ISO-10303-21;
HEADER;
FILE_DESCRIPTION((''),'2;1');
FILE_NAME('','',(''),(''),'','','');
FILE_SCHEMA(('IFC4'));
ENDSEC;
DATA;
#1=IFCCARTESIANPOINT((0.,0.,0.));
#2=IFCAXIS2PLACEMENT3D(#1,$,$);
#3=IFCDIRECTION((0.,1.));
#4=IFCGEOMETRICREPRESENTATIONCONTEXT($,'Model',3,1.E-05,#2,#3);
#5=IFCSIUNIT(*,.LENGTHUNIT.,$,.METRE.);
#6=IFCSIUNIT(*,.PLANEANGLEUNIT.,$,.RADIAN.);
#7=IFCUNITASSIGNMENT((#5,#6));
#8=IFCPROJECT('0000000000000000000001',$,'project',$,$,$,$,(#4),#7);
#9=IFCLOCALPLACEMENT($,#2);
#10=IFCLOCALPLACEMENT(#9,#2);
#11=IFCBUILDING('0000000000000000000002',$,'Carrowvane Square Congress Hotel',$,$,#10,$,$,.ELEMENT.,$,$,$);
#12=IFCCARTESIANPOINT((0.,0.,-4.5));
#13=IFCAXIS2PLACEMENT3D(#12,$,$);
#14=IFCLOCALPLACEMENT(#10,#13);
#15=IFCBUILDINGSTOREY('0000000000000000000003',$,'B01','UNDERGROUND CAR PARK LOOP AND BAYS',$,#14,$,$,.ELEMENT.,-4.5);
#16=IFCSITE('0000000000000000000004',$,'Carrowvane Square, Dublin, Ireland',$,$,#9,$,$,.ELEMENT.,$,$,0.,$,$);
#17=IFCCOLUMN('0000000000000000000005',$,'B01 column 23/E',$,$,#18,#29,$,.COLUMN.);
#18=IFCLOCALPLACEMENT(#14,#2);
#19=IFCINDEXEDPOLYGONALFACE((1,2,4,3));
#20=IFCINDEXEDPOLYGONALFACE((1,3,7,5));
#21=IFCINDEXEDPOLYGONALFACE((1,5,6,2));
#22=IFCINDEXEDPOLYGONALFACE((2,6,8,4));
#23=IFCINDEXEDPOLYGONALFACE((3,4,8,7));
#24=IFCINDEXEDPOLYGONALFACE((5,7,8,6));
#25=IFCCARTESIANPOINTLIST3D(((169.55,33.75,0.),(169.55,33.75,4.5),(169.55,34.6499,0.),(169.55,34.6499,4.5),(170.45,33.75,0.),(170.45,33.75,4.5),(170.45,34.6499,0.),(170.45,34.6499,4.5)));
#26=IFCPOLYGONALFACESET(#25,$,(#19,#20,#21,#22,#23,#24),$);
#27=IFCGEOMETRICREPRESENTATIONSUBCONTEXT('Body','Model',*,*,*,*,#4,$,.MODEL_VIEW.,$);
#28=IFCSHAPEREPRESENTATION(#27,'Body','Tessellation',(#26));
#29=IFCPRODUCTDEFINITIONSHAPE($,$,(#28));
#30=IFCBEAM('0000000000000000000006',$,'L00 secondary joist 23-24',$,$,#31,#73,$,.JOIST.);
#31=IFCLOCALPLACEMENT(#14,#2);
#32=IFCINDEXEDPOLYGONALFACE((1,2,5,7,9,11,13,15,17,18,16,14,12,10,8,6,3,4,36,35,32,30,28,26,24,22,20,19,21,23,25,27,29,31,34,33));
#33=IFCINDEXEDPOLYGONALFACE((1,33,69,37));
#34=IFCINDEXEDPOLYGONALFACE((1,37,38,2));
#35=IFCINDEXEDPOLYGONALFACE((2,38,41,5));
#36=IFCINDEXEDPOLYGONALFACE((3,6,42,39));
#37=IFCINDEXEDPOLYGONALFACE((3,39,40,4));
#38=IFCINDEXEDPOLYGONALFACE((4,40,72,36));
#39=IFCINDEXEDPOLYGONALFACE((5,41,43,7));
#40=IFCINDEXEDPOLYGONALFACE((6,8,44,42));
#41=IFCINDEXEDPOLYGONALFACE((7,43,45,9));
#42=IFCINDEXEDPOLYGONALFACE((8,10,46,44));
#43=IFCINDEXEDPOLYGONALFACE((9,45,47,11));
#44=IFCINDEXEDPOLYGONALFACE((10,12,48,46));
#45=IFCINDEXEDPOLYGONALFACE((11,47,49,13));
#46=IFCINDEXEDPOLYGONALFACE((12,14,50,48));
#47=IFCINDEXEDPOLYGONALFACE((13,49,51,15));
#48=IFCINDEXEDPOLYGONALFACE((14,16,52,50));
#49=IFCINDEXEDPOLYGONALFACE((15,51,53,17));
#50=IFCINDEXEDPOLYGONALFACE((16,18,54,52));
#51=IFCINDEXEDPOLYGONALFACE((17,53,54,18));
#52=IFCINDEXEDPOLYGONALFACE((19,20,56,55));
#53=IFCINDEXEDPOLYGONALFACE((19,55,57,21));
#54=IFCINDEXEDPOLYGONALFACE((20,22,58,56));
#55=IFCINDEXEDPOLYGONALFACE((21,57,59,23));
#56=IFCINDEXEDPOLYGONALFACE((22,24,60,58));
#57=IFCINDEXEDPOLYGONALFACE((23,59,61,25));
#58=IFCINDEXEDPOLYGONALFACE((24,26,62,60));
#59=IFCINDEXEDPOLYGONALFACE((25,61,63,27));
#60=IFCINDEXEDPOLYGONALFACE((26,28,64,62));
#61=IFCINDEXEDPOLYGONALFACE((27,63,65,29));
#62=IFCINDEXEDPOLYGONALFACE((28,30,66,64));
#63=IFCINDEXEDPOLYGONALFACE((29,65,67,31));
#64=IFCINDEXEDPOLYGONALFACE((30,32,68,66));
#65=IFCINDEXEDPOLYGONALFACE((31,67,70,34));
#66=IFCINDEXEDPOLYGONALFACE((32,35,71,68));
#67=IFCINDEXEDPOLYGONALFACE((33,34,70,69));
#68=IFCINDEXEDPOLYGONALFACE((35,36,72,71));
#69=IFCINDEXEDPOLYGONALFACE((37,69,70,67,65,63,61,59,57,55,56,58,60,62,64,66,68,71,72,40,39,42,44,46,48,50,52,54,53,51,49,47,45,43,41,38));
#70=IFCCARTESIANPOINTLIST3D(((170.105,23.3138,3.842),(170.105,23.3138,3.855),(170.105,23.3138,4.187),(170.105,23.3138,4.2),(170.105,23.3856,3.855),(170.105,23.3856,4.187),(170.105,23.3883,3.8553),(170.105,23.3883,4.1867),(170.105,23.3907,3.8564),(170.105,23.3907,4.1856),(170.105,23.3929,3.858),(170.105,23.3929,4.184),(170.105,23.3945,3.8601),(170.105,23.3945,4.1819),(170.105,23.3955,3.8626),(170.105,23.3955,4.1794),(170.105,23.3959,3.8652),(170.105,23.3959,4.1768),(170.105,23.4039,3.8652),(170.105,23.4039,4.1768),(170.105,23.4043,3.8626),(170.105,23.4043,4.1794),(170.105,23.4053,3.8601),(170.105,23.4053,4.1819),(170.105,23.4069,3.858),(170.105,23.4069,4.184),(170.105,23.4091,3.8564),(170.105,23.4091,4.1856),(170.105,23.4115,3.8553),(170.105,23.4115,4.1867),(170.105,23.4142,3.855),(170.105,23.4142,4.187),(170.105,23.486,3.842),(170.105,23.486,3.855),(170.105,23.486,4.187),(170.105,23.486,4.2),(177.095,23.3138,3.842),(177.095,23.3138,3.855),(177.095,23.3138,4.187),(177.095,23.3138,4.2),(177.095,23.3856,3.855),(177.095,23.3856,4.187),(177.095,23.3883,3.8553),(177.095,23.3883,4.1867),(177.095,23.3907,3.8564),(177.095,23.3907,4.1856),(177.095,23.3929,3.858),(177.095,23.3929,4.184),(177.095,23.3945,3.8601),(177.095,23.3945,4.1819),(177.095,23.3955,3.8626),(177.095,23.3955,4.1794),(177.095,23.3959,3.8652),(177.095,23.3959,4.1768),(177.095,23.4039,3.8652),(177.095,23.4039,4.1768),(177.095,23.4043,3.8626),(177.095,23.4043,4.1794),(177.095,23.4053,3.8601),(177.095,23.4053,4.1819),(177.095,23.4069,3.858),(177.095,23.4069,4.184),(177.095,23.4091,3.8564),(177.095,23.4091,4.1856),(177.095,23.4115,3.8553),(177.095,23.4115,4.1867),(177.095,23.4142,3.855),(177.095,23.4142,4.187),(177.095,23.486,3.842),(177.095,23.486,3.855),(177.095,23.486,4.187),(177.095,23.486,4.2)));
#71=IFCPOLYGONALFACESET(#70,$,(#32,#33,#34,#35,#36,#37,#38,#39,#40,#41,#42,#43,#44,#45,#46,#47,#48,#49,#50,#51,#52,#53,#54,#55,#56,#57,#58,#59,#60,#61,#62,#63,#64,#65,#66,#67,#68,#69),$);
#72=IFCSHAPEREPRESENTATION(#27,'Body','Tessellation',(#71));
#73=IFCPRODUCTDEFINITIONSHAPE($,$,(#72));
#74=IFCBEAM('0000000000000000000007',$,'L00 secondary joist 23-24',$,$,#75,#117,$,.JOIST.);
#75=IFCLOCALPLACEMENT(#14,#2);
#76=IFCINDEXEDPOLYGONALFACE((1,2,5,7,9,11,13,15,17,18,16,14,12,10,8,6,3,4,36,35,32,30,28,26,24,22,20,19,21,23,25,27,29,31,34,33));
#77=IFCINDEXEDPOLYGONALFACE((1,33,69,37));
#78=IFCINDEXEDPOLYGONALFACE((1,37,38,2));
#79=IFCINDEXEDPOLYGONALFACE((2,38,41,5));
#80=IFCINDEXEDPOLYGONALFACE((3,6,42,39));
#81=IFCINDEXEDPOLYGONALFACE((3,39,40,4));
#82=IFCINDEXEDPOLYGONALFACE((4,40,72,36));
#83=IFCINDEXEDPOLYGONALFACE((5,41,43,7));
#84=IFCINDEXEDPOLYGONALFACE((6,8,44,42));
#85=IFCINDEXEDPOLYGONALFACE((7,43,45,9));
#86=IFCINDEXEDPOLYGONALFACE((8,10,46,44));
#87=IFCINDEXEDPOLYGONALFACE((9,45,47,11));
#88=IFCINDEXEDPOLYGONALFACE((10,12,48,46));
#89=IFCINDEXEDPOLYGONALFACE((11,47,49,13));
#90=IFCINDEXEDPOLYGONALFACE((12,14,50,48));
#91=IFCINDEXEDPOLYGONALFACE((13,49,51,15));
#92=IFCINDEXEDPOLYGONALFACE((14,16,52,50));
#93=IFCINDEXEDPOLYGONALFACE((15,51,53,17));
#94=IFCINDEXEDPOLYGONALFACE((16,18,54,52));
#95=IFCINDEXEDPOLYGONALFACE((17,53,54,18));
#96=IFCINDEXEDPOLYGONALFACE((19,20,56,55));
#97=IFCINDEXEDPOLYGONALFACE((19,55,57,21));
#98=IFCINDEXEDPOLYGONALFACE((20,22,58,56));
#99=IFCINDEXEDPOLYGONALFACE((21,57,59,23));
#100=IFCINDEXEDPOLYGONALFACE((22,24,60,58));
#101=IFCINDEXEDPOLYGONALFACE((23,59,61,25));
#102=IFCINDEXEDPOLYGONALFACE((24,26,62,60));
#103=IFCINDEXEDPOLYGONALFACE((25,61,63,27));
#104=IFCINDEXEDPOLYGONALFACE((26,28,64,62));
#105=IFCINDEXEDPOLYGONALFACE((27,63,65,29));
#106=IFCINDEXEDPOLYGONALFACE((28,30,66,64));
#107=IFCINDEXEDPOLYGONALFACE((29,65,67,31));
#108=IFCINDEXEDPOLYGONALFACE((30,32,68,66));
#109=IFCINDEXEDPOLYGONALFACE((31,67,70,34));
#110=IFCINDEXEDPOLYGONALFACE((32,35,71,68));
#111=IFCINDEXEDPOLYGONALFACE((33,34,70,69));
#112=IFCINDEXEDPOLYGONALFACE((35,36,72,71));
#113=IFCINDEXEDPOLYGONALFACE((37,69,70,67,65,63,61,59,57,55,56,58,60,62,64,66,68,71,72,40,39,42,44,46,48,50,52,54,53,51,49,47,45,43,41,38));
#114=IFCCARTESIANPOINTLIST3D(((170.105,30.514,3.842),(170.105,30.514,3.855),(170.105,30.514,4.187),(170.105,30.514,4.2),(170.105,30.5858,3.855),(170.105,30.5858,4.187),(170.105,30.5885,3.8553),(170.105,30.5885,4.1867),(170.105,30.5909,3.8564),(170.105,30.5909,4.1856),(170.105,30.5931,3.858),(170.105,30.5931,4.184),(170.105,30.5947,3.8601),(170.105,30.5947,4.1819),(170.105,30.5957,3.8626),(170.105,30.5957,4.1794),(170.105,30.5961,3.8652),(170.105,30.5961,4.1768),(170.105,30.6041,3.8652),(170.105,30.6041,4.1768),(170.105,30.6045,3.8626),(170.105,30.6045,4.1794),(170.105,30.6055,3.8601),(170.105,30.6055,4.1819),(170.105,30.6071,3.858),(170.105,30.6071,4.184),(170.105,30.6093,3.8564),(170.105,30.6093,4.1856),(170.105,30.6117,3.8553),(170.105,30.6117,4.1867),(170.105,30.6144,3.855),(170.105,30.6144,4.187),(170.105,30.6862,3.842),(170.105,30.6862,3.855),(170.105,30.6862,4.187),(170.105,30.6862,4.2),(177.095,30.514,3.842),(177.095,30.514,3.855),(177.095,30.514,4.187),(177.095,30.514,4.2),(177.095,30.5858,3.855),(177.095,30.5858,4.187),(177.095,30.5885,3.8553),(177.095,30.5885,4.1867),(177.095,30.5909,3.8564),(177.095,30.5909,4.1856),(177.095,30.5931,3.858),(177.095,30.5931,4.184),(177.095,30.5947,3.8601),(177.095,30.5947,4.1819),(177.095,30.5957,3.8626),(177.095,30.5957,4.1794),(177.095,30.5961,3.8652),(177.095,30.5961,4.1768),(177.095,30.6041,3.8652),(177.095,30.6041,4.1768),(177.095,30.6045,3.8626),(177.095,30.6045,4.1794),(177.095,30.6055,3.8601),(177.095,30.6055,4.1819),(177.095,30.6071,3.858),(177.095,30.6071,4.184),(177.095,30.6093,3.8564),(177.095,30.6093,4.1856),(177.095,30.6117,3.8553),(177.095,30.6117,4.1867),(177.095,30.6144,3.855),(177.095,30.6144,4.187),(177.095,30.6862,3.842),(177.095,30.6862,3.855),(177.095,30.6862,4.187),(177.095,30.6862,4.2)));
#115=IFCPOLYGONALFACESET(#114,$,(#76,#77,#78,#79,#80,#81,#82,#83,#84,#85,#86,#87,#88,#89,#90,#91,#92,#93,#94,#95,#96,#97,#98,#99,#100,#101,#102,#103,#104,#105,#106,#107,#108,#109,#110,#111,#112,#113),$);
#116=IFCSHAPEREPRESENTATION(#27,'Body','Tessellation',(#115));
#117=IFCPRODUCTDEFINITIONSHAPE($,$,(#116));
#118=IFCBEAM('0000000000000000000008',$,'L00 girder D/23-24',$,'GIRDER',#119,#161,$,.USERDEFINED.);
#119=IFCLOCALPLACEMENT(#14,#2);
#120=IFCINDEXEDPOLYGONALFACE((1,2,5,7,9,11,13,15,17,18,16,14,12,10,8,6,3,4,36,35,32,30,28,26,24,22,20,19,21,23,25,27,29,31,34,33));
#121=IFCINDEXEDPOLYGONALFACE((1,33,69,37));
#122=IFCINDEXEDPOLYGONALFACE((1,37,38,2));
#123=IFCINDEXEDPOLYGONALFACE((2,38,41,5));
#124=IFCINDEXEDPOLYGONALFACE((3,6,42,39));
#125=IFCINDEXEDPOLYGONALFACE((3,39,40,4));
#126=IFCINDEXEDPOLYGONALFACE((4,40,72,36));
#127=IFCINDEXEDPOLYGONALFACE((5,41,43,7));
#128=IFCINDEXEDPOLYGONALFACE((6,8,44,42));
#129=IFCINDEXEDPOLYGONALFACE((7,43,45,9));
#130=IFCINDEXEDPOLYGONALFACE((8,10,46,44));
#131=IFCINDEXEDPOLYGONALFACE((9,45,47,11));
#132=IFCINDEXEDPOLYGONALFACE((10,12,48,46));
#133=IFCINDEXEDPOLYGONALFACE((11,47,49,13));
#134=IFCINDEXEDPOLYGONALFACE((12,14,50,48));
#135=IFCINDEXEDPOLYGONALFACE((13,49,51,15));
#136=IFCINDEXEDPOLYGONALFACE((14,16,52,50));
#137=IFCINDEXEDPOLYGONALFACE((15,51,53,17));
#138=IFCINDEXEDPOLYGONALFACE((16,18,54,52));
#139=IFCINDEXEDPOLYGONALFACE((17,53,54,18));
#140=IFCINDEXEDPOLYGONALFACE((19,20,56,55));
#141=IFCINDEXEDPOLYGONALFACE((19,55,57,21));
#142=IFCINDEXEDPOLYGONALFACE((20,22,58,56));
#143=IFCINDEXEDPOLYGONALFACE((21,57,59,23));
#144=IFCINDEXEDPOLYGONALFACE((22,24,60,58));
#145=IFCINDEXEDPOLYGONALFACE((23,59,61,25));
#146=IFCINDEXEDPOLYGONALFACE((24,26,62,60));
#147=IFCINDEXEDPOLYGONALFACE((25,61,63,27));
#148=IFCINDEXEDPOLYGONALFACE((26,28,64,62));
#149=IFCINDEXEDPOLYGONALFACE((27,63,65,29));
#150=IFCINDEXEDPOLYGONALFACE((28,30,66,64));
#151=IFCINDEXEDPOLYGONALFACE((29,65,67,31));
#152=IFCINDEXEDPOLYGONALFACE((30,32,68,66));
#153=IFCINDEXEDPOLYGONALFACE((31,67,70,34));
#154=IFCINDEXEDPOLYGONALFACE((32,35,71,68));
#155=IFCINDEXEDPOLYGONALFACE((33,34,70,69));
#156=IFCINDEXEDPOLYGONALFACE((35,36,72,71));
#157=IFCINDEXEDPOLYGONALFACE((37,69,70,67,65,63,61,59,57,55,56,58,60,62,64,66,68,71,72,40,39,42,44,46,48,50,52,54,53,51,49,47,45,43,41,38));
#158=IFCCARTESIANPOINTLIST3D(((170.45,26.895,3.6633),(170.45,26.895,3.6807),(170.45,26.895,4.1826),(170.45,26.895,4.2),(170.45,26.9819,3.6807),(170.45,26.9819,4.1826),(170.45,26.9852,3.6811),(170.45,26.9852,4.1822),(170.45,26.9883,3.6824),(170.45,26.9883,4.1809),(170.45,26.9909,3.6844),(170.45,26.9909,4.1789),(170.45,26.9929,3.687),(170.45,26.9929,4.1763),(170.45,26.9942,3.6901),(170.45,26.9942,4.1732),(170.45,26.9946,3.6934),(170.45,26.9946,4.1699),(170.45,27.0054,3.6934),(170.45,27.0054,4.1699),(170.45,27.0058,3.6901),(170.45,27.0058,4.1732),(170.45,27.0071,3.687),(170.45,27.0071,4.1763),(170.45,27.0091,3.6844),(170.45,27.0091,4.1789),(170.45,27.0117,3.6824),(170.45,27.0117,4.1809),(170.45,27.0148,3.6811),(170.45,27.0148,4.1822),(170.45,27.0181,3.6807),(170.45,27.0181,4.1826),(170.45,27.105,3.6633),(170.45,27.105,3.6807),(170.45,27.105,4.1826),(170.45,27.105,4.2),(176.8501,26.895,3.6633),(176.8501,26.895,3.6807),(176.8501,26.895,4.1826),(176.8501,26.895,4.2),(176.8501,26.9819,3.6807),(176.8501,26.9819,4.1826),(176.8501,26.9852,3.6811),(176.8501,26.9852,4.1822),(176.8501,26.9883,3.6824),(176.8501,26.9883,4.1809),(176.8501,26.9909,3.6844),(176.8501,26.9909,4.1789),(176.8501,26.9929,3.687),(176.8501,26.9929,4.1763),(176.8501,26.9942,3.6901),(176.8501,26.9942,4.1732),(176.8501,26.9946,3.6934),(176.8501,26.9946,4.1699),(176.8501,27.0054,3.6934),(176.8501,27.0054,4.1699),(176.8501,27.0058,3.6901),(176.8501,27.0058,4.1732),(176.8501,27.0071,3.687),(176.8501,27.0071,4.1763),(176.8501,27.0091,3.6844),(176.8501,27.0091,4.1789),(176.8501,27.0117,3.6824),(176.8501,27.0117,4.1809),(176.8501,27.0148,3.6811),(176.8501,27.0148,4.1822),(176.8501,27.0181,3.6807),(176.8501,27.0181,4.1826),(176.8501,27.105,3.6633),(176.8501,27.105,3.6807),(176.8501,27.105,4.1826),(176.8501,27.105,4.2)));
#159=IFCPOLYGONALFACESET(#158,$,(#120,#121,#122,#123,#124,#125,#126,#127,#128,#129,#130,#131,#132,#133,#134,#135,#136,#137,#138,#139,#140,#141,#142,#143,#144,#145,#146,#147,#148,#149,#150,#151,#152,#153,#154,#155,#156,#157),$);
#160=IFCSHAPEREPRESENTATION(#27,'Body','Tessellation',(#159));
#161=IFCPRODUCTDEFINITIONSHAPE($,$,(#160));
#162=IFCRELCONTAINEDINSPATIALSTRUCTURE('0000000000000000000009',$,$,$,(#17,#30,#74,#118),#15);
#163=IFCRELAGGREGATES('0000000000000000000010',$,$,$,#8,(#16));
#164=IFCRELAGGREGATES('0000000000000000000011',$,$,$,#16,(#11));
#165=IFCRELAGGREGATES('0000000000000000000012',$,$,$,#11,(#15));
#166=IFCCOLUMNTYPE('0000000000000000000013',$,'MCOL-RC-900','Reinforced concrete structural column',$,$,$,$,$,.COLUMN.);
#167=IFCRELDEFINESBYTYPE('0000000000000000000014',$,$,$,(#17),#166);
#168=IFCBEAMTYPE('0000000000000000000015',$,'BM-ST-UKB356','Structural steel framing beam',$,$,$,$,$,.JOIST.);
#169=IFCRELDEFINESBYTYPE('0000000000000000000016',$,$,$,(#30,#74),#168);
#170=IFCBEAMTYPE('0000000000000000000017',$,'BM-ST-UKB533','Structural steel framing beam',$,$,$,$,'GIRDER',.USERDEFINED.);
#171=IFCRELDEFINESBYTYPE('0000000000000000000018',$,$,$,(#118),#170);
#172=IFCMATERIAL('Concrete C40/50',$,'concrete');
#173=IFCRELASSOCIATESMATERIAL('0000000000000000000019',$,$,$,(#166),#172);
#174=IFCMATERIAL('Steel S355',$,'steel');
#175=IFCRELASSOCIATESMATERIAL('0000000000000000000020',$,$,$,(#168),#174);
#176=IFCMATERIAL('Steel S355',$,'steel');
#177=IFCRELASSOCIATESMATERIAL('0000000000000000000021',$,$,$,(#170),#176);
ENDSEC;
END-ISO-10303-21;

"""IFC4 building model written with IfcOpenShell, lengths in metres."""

from ifc_helpers import new_model, si_unit, direction, frame, origin, origin_2d, place, context, subcontext, project, spatial, rectangle, i_section, extrude, material, material_profile, profile_set, type_object, element, save


model = new_model("IFC4")

# Units and contexts
model_context = context("Model", 3, precision=1e-05, world=origin(), true_north=direction((0.0, 1.0)))
body_context = subcontext(model_context, "Body", "Model", "MODEL_VIEW")
ifc_project = project(units=[si_unit("LENGTHUNIT", "METRE"), si_unit("PLANEANGLEUNIT", "RADIAN")], contexts=[model_context])

# Site, building, storey
site_placement = place(None, origin())
site = spatial("IfcSite", under=ifc_project, at=site_placement, Name="Carrowvane Square, Dublin, Ireland", CompositionType="ELEMENT", RefElevation=0.0)
building_placement = place(site_placement, origin())
building = spatial("IfcBuilding", under=site, at=building_placement, Name="Carrowvane Square Congress Hotel", CompositionType="ELEMENT")
storey_placement = place(building_placement, frame((0.0, 0.0, -4.5)))
storey = spatial("IfcBuildingStorey", under=building, at=storey_placement, Name="B01", Description="UNDERGROUND CAR PARK LOOP AND BAYS", CompositionType="ELEMENT", Elevation=-4.5)

# Column
ifc_material_1 = material(Name="Concrete C40/50", Category="concrete")
ifc_material_profile_1 = material_profile(ifc_material_1, rectangle(XDim=0.8999, YDim=0.8999, at=origin_2d()), Name="RC 900x900")
ifc_profile_set_1 = profile_set([ifc_material_profile_1], Name="Concrete C40/50")
column_type = type_object("IfcColumnType", Name="MCOL-RC-900", Description="Reinforced concrete structural column", PredefinedType="COLUMN", material=ifc_profile_set_1)
for number, where, z_axis, x_axis, name in (
    (1, (170.0, 34.2, 0.0), (0.0, 0.0, 1.0), (1.0, 0.0, 0.0), "B01 column 23/E"),
):
    element("IfcColumn", number, at=place(storey_placement, frame(where, z_axis=z_axis, x_axis=x_axis)), inside=storey, type_object=column_type, Name=name, PredefinedType="COLUMN", context=body_context, shape_type="SweptSolid", body=[
        extrude(rectangle(XDim=0.8999, YDim=0.8999, at=origin_2d()), origin(), (0.0, 0.0, 1.0), 4.5),
    ])

# Beams
ifc_material_2 = material(Name="Steel S355", Category="steel")
ifc_material_profile_2 = material_profile(ifc_material_2, i_section(OverallWidth=0.1721, OverallDepth=0.3579, WebThickness=0.0081, FlangeThickness=0.0129, FilletRadius=0.0103, at=origin_2d()), Name="UKB 356x171x57")
ifc_profile_set_2 = profile_set([ifc_material_profile_2], Name="Steel S355")
beam_type_1 = type_object("IfcBeamType", Name="BM-ST-UKB356", Description="Structural steel framing beam", PredefinedType="JOIST", material=ifc_profile_set_2)
for number, where, z_axis, x_axis, name in (
    (2, (170.105, 23.3999, 4.021), (1.0, 0.0, 0.0), (0.0, 1.0, 0.0), "L00 secondary joist 23-24"),
    (3, (170.105, 30.6001, 4.021), (1.0, 0.0, 0.0), (0.0, 1.0, 0.0), "L00 secondary joist 23-24"),
):
    element("IfcBeam", number, at=place(storey_placement, frame(where, z_axis=z_axis, x_axis=x_axis)), inside=storey, type_object=beam_type_1, Name=name, PredefinedType="JOIST", context=body_context, shape_type="SweptSolid", body=[
        extrude(i_section(OverallWidth=0.1721, OverallDepth=0.3579, WebThickness=0.0081, FlangeThickness=0.0129, FilletRadius=0.0103, at=origin_2d()), origin(), (0.0, 0.0, 1.0), 6.99),
    ])
ifc_material_3 = material(Name="Steel S355", Category="steel")
ifc_material_profile_3 = material_profile(ifc_material_3, i_section(OverallWidth=0.21, OverallDepth=0.5366, WebThickness=0.0107, FlangeThickness=0.0173, FilletRadius=0.0127, at=origin_2d()), Name="UKB 533x210x101")
ifc_profile_set_3 = profile_set([ifc_material_profile_3], Name="Steel S355")
beam_type_2 = type_object("IfcBeamType", Name="BM-ST-UKB533", Description="Structural steel framing beam", ElementType="GIRDER", PredefinedType="USERDEFINED", material=ifc_profile_set_3)
for number, where, z_axis, x_axis, name in (
    (4, (170.45, 27.0, 3.9316), (1.0, 0.0, 0.0), (0.0, 1.0, 0.0), "L00 girder D/23-24"),
):
    element("IfcBeam", number, at=place(storey_placement, frame(where, z_axis=z_axis, x_axis=x_axis)), inside=storey, type_object=beam_type_2, Name=name, ObjectType="GIRDER", PredefinedType="USERDEFINED", context=body_context, shape_type="SweptSolid", body=[
        extrude(i_section(OverallWidth=0.21, OverallDepth=0.5366, WebThickness=0.0107, FlangeThickness=0.0173, FilletRadius=0.0127, at=origin_2d()), origin(), (0.0, 0.0, 1.0), 6.4001),
    ])

save(model, "model.ifc")
